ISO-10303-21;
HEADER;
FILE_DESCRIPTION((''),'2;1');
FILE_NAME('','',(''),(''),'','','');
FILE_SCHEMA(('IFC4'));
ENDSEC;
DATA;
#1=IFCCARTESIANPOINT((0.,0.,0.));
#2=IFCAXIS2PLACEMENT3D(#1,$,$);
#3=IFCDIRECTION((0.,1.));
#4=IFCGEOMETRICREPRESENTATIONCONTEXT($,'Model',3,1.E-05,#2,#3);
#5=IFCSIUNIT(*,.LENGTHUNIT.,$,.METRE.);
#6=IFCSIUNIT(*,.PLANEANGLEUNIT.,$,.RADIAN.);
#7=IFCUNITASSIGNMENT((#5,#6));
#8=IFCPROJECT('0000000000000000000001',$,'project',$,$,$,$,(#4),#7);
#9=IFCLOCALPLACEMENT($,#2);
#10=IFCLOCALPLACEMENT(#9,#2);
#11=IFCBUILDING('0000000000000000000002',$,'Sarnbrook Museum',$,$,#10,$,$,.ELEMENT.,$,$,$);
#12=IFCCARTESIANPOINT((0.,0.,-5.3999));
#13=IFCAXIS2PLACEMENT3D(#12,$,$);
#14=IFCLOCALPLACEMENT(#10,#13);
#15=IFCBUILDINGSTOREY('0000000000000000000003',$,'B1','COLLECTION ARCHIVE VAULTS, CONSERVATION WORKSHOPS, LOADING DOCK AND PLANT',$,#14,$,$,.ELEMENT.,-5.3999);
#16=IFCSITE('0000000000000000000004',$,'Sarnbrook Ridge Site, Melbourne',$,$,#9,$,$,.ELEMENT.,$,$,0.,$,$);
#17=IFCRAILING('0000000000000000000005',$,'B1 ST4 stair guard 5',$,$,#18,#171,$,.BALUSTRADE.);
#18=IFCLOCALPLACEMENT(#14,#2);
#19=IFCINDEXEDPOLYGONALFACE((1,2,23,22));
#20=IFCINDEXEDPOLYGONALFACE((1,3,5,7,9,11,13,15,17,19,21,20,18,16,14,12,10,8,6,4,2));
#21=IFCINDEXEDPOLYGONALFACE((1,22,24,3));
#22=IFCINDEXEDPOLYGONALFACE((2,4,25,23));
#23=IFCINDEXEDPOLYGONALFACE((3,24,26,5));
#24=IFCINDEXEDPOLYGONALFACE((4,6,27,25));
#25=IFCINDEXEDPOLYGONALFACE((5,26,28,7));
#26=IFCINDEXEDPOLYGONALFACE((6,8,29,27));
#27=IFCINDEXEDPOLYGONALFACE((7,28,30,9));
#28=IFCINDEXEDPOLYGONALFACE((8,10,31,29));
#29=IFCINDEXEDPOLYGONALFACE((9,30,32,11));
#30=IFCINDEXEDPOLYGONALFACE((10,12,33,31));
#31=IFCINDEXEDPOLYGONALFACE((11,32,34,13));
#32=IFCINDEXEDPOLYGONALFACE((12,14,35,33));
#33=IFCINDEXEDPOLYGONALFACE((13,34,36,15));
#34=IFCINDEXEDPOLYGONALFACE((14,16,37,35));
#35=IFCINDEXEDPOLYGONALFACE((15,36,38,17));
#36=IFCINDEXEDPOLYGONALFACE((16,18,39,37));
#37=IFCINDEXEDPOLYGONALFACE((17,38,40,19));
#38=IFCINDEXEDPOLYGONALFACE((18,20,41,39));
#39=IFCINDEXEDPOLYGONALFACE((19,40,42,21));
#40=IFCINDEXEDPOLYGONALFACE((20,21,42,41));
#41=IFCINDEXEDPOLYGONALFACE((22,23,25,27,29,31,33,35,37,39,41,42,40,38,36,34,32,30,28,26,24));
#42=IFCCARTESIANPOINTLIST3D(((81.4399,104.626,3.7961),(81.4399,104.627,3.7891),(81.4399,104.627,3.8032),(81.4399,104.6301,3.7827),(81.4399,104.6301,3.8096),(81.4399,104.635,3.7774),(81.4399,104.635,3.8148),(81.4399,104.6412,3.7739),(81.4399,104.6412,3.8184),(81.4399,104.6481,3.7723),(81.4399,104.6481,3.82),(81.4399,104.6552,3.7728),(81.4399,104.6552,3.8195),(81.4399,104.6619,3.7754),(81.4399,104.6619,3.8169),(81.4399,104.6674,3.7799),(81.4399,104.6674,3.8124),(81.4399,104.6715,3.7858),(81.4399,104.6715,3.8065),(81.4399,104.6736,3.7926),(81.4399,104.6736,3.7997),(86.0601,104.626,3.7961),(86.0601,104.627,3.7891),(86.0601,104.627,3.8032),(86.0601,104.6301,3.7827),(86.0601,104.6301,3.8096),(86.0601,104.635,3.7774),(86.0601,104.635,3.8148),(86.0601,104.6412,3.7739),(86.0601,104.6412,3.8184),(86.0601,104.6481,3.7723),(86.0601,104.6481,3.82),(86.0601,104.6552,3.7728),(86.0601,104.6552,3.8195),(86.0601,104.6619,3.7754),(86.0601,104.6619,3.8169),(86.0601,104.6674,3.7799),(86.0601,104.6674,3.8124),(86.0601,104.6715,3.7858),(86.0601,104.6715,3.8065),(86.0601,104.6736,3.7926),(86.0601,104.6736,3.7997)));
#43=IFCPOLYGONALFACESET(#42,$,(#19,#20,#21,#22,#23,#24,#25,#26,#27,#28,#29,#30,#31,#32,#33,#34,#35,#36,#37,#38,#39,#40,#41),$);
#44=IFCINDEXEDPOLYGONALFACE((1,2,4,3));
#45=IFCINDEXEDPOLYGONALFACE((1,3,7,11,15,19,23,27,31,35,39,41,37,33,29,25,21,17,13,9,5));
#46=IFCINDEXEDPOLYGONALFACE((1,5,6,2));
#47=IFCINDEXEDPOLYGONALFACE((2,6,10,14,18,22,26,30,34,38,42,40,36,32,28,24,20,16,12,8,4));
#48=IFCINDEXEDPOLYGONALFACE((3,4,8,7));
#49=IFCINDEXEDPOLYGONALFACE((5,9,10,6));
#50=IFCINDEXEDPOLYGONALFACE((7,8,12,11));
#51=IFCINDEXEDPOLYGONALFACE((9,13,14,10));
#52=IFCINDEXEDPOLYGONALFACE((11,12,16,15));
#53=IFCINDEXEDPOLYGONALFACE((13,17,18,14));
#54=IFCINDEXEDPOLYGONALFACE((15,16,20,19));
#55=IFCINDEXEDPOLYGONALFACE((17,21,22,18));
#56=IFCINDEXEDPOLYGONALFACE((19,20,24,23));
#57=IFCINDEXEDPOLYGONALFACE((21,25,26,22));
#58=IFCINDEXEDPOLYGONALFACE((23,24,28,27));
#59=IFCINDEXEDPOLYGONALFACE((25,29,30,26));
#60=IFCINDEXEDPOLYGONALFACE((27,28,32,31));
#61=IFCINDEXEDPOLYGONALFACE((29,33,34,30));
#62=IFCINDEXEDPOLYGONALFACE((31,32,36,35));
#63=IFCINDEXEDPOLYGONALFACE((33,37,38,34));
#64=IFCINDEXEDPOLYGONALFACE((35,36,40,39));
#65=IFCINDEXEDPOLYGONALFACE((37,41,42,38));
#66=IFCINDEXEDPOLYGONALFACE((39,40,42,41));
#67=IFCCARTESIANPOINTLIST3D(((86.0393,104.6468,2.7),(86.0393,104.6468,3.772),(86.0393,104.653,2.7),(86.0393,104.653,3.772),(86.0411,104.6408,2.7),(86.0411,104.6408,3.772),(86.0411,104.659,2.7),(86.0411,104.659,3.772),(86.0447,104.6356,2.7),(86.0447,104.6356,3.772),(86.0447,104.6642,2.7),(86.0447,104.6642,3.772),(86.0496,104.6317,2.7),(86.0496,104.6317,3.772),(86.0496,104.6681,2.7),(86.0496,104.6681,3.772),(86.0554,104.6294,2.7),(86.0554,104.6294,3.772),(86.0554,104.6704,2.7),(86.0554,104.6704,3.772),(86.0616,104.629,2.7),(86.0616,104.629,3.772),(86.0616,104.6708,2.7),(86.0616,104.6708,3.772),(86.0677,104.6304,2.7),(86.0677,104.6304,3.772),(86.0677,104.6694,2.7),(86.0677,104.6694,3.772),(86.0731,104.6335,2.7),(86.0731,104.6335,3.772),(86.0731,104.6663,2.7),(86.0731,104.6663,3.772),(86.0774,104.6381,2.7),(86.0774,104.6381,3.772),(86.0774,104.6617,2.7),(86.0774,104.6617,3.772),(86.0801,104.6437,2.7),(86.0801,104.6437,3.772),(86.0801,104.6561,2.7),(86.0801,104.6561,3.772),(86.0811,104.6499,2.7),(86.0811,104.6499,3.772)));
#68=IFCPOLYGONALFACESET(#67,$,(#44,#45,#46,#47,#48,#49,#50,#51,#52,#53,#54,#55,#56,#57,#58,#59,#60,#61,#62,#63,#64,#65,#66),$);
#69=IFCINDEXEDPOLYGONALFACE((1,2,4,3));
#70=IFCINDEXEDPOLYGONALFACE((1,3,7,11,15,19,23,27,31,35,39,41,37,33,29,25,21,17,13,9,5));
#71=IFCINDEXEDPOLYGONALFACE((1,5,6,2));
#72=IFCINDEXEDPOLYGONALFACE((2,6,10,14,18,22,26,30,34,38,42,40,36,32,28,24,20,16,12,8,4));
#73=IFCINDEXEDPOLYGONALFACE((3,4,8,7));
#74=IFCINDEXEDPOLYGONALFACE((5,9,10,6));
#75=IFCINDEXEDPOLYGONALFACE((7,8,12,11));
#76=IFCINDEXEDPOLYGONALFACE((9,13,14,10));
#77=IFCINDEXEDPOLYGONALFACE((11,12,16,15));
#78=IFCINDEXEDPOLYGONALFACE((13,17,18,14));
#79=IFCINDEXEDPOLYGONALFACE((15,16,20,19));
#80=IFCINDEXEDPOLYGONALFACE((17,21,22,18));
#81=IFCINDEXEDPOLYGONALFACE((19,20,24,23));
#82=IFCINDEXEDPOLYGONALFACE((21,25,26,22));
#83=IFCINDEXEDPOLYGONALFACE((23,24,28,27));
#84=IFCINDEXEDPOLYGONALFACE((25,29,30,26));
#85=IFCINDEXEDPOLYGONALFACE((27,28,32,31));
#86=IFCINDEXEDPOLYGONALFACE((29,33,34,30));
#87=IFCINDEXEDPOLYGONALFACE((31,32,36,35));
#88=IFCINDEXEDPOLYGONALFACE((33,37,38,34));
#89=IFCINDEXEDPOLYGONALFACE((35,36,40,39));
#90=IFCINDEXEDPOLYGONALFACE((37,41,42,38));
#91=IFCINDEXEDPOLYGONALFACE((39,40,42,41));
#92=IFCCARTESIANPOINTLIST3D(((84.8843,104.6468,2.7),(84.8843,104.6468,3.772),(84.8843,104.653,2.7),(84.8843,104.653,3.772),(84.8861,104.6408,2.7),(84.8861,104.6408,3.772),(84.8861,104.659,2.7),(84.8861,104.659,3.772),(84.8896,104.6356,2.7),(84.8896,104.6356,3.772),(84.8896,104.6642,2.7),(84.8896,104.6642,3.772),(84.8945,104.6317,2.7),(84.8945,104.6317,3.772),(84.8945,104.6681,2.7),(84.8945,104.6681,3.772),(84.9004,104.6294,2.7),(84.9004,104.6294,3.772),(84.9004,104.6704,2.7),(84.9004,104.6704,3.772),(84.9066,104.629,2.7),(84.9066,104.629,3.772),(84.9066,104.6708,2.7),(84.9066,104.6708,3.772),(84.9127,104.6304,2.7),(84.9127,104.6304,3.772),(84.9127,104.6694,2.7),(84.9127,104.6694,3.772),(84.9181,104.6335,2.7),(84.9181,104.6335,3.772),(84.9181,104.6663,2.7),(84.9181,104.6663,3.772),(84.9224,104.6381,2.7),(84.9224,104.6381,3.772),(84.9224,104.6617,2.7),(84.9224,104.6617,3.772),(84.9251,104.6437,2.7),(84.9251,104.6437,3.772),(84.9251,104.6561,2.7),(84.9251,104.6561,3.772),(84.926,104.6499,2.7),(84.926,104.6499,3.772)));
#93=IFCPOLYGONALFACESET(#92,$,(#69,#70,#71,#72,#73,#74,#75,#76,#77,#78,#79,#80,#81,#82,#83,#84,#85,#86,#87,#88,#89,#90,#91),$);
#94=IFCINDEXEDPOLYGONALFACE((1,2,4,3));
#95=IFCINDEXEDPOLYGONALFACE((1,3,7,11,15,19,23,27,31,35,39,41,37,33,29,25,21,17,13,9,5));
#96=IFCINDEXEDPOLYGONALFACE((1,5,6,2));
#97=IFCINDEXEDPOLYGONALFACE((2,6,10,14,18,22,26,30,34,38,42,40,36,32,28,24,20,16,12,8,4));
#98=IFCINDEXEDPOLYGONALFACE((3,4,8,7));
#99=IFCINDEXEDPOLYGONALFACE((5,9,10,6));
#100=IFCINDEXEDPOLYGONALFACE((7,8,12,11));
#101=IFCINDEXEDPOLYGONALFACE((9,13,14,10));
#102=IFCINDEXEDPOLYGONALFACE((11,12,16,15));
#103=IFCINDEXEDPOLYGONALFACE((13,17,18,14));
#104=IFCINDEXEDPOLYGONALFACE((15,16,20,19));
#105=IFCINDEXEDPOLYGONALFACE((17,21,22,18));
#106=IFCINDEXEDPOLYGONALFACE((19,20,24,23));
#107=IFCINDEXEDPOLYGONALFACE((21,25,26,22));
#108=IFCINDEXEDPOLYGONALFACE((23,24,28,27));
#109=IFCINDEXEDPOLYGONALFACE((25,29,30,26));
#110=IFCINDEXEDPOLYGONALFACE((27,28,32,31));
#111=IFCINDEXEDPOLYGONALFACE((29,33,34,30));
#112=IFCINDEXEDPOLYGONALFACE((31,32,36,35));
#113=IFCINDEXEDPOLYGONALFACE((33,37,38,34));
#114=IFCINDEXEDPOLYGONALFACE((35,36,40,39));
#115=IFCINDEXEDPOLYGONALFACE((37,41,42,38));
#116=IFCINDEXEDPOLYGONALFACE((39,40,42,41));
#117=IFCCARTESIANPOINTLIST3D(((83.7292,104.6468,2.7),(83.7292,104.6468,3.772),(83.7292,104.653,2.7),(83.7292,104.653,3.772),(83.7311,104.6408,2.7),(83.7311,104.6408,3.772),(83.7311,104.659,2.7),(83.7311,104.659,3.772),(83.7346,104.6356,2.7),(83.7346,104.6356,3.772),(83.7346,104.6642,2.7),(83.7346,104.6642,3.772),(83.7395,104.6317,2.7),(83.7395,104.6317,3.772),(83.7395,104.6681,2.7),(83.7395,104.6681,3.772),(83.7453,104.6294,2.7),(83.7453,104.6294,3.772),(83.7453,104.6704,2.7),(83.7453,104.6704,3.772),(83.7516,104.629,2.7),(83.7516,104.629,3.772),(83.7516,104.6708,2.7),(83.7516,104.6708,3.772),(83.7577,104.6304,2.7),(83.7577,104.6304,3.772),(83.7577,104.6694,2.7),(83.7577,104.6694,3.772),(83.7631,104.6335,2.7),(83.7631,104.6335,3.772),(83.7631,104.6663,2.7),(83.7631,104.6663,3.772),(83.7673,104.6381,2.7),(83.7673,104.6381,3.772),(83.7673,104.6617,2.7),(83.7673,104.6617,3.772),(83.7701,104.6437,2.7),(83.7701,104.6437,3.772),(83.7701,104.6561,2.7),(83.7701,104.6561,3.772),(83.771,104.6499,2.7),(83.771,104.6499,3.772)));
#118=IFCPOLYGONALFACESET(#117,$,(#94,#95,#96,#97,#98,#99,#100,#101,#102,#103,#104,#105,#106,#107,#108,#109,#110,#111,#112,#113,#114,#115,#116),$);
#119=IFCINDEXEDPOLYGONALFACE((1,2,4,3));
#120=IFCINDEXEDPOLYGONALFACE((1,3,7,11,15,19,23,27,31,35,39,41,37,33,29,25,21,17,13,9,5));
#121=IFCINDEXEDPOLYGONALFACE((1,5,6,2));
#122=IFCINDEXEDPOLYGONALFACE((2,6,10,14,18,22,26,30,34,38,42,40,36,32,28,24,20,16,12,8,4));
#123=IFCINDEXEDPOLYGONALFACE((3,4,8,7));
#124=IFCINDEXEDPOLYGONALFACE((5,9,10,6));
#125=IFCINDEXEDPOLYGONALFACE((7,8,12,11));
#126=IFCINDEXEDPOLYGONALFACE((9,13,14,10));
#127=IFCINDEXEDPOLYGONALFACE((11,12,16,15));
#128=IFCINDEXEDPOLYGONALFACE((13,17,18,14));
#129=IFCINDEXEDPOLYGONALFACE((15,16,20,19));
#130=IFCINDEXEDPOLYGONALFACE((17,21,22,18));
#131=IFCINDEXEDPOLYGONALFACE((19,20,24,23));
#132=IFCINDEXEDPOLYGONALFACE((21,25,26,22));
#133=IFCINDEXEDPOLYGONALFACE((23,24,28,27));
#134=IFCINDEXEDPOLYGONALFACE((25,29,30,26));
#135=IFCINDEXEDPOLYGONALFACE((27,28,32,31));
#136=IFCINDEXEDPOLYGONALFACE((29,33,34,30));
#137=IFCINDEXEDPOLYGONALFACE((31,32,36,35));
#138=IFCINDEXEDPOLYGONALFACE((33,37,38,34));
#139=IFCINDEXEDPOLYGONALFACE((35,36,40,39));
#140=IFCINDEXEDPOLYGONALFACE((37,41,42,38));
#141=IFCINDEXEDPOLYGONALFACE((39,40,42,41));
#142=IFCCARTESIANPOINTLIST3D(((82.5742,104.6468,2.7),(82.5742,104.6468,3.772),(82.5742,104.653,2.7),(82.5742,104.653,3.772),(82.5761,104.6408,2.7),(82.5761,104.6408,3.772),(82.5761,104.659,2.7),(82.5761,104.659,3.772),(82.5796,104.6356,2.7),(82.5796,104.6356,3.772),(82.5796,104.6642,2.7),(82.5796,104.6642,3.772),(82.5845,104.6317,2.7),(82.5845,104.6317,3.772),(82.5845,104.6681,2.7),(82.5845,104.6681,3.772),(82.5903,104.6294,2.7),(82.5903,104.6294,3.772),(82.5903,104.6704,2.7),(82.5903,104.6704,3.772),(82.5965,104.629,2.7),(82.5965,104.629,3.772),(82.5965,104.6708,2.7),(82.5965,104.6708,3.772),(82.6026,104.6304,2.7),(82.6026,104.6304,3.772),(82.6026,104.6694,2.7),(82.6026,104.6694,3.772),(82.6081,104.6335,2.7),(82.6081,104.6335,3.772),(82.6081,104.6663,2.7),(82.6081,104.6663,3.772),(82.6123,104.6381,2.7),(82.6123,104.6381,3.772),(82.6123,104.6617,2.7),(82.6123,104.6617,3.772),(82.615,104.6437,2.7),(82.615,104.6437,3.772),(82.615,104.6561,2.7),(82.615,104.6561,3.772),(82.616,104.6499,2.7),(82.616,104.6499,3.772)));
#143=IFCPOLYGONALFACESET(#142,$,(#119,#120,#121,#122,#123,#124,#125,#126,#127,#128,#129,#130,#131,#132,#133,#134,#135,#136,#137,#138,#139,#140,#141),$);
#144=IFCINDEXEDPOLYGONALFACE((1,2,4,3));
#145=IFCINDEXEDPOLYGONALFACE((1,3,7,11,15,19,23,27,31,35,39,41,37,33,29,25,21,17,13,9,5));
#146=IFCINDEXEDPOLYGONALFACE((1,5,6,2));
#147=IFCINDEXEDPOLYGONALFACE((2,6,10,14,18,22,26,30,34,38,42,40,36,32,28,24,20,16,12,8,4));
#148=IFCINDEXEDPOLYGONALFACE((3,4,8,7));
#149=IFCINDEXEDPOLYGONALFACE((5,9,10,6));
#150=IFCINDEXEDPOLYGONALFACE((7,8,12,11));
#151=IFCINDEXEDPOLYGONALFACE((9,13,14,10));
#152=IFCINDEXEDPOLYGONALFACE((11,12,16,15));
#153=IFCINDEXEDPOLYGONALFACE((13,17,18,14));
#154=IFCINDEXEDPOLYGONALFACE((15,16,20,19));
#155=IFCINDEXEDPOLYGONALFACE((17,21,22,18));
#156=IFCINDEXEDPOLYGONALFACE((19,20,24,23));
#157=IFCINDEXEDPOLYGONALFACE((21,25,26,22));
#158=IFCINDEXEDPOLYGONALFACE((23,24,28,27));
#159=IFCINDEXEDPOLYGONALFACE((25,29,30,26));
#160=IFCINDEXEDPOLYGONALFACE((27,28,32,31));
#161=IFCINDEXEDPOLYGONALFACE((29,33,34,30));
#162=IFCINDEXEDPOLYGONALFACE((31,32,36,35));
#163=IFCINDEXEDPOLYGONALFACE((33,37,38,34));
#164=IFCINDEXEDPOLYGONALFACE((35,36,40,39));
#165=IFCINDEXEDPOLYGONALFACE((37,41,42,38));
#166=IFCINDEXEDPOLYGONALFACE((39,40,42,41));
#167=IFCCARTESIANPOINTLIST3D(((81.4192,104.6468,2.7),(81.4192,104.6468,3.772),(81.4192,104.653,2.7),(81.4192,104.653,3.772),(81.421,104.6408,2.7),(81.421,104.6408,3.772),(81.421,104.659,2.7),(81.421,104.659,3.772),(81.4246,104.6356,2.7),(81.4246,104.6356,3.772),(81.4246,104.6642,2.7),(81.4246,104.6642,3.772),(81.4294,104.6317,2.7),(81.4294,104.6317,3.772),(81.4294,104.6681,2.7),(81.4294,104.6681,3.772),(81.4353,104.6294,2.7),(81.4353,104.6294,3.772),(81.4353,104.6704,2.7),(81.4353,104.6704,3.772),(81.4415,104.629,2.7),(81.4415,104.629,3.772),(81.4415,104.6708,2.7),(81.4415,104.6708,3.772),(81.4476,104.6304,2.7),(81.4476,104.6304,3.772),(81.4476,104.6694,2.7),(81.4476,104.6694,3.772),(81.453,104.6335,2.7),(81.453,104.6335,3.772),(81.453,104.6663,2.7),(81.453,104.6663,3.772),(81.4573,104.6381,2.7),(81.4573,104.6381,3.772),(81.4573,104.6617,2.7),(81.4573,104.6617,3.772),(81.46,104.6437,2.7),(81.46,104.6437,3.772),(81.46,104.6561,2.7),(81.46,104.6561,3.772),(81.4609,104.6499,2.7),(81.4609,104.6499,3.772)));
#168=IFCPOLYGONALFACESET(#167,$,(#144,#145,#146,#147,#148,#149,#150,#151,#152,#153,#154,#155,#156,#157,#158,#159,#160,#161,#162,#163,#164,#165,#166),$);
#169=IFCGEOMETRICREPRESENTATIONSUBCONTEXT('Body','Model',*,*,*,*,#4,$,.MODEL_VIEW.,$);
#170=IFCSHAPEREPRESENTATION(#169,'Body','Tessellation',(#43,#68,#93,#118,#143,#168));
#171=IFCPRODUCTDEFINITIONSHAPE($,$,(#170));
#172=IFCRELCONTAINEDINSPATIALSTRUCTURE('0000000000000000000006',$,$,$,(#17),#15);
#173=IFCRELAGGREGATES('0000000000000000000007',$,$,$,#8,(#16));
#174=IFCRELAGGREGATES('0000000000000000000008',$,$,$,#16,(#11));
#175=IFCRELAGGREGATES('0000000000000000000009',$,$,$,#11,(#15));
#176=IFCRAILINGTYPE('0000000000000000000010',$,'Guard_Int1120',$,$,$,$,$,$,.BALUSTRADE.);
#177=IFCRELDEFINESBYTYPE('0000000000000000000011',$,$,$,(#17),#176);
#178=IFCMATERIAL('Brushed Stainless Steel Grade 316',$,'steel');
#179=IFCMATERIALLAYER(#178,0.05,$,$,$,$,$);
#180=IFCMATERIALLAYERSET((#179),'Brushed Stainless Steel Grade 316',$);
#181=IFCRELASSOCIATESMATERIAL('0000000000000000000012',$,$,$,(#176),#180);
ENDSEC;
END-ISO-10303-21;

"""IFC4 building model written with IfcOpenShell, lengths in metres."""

from ifc_helpers import new_model, si_unit, direction, frame, origin, origin_2d, place, context, subcontext, project, spatial, circle, extrude, material, layer, layer_set, type_object, element, save


model = new_model("IFC4")

# Units and contexts
model_context = context("Model", 3, precision=1e-05, world=origin(), true_north=direction((0.0, 1.0)))
body_context = subcontext(model_context, "Body", "Model", "MODEL_VIEW")
ifc_project = project(units=[si_unit("LENGTHUNIT", "METRE"), si_unit("PLANEANGLEUNIT", "RADIAN")], contexts=[model_context])

# Site, building, storey
site_placement = place(None, origin())
site = spatial("IfcSite", under=ifc_project, at=site_placement, Name="Sarnbrook Ridge Site, Melbourne", CompositionType="ELEMENT", RefElevation=0.0)
building_placement = place(site_placement, origin())
building = spatial("IfcBuilding", under=site, at=building_placement, Name="Sarnbrook Museum", CompositionType="ELEMENT")
storey_placement = place(building_placement, frame((0.0, 0.0, -5.3999)))
storey = spatial("IfcBuildingStorey", under=building, at=storey_placement, Name="B1", Description="COLLECTION ARCHIVE VAULTS, CONSERVATION WORKSHOPS, LOADING DOCK AND PLANT", CompositionType="ELEMENT", Elevation=-5.3999)

# Shared definitions
ifc_material_1 = material(Name="Brushed Stainless Steel Grade 316", Category="steel")

# Railing
ifc_layer_1 = layer(ifc_material_1, 0.05)
ifc_layer_set_1 = layer_set([ifc_layer_1], Name="Brushed Stainless Steel Grade 316")
railing_type_1 = type_object("IfcRailingType", Name="Guard_Int1120", PredefinedType="BALUSTRADE", material=ifc_layer_set_1)
railing_1_placement = place(storey_placement, frame((86.0601, 104.6499, 2.7)))
element("IfcRailing", 1, at=railing_1_placement, inside=storey, type_object=railing_type_1, Name="B1 ST4 stair guard 5", PredefinedType="BALUSTRADE", context=body_context, shape_type="SweptSolid", body=[
    extrude(circle(Radius=0.0239, at=origin_2d()), frame((0.0, 0.0, 1.0962), z_axis=(-1.0, 0.0, 0.0), x_axis=(0.0, -1.0, 0.0)), (0.0, 0.0, 1.0), 4.6201),
    extrude(circle(Radius=0.021, at=origin_2d()), origin(), (0.0, 0.0, 1.0), 1.072),
    extrude(circle(Radius=0.021, at=origin_2d()), frame((-1.155, 0.0, 0.0)), (0.0, 0.0, 1.0), 1.072),
    extrude(circle(Radius=0.021, at=origin_2d()), frame((-2.3101, 0.0, 0.0)), (0.0, 0.0, 1.0), 1.072),
    extrude(circle(Radius=0.021, at=origin_2d()), frame((-3.4651, 0.0, 0.0)), (0.0, 0.0, 1.0), 1.072),
    extrude(circle(Radius=0.021, at=origin_2d()), frame((-4.6201, 0.0, 0.0)), (0.0, 0.0, 1.0), 1.072),
])

save(model, "model.ifc")
